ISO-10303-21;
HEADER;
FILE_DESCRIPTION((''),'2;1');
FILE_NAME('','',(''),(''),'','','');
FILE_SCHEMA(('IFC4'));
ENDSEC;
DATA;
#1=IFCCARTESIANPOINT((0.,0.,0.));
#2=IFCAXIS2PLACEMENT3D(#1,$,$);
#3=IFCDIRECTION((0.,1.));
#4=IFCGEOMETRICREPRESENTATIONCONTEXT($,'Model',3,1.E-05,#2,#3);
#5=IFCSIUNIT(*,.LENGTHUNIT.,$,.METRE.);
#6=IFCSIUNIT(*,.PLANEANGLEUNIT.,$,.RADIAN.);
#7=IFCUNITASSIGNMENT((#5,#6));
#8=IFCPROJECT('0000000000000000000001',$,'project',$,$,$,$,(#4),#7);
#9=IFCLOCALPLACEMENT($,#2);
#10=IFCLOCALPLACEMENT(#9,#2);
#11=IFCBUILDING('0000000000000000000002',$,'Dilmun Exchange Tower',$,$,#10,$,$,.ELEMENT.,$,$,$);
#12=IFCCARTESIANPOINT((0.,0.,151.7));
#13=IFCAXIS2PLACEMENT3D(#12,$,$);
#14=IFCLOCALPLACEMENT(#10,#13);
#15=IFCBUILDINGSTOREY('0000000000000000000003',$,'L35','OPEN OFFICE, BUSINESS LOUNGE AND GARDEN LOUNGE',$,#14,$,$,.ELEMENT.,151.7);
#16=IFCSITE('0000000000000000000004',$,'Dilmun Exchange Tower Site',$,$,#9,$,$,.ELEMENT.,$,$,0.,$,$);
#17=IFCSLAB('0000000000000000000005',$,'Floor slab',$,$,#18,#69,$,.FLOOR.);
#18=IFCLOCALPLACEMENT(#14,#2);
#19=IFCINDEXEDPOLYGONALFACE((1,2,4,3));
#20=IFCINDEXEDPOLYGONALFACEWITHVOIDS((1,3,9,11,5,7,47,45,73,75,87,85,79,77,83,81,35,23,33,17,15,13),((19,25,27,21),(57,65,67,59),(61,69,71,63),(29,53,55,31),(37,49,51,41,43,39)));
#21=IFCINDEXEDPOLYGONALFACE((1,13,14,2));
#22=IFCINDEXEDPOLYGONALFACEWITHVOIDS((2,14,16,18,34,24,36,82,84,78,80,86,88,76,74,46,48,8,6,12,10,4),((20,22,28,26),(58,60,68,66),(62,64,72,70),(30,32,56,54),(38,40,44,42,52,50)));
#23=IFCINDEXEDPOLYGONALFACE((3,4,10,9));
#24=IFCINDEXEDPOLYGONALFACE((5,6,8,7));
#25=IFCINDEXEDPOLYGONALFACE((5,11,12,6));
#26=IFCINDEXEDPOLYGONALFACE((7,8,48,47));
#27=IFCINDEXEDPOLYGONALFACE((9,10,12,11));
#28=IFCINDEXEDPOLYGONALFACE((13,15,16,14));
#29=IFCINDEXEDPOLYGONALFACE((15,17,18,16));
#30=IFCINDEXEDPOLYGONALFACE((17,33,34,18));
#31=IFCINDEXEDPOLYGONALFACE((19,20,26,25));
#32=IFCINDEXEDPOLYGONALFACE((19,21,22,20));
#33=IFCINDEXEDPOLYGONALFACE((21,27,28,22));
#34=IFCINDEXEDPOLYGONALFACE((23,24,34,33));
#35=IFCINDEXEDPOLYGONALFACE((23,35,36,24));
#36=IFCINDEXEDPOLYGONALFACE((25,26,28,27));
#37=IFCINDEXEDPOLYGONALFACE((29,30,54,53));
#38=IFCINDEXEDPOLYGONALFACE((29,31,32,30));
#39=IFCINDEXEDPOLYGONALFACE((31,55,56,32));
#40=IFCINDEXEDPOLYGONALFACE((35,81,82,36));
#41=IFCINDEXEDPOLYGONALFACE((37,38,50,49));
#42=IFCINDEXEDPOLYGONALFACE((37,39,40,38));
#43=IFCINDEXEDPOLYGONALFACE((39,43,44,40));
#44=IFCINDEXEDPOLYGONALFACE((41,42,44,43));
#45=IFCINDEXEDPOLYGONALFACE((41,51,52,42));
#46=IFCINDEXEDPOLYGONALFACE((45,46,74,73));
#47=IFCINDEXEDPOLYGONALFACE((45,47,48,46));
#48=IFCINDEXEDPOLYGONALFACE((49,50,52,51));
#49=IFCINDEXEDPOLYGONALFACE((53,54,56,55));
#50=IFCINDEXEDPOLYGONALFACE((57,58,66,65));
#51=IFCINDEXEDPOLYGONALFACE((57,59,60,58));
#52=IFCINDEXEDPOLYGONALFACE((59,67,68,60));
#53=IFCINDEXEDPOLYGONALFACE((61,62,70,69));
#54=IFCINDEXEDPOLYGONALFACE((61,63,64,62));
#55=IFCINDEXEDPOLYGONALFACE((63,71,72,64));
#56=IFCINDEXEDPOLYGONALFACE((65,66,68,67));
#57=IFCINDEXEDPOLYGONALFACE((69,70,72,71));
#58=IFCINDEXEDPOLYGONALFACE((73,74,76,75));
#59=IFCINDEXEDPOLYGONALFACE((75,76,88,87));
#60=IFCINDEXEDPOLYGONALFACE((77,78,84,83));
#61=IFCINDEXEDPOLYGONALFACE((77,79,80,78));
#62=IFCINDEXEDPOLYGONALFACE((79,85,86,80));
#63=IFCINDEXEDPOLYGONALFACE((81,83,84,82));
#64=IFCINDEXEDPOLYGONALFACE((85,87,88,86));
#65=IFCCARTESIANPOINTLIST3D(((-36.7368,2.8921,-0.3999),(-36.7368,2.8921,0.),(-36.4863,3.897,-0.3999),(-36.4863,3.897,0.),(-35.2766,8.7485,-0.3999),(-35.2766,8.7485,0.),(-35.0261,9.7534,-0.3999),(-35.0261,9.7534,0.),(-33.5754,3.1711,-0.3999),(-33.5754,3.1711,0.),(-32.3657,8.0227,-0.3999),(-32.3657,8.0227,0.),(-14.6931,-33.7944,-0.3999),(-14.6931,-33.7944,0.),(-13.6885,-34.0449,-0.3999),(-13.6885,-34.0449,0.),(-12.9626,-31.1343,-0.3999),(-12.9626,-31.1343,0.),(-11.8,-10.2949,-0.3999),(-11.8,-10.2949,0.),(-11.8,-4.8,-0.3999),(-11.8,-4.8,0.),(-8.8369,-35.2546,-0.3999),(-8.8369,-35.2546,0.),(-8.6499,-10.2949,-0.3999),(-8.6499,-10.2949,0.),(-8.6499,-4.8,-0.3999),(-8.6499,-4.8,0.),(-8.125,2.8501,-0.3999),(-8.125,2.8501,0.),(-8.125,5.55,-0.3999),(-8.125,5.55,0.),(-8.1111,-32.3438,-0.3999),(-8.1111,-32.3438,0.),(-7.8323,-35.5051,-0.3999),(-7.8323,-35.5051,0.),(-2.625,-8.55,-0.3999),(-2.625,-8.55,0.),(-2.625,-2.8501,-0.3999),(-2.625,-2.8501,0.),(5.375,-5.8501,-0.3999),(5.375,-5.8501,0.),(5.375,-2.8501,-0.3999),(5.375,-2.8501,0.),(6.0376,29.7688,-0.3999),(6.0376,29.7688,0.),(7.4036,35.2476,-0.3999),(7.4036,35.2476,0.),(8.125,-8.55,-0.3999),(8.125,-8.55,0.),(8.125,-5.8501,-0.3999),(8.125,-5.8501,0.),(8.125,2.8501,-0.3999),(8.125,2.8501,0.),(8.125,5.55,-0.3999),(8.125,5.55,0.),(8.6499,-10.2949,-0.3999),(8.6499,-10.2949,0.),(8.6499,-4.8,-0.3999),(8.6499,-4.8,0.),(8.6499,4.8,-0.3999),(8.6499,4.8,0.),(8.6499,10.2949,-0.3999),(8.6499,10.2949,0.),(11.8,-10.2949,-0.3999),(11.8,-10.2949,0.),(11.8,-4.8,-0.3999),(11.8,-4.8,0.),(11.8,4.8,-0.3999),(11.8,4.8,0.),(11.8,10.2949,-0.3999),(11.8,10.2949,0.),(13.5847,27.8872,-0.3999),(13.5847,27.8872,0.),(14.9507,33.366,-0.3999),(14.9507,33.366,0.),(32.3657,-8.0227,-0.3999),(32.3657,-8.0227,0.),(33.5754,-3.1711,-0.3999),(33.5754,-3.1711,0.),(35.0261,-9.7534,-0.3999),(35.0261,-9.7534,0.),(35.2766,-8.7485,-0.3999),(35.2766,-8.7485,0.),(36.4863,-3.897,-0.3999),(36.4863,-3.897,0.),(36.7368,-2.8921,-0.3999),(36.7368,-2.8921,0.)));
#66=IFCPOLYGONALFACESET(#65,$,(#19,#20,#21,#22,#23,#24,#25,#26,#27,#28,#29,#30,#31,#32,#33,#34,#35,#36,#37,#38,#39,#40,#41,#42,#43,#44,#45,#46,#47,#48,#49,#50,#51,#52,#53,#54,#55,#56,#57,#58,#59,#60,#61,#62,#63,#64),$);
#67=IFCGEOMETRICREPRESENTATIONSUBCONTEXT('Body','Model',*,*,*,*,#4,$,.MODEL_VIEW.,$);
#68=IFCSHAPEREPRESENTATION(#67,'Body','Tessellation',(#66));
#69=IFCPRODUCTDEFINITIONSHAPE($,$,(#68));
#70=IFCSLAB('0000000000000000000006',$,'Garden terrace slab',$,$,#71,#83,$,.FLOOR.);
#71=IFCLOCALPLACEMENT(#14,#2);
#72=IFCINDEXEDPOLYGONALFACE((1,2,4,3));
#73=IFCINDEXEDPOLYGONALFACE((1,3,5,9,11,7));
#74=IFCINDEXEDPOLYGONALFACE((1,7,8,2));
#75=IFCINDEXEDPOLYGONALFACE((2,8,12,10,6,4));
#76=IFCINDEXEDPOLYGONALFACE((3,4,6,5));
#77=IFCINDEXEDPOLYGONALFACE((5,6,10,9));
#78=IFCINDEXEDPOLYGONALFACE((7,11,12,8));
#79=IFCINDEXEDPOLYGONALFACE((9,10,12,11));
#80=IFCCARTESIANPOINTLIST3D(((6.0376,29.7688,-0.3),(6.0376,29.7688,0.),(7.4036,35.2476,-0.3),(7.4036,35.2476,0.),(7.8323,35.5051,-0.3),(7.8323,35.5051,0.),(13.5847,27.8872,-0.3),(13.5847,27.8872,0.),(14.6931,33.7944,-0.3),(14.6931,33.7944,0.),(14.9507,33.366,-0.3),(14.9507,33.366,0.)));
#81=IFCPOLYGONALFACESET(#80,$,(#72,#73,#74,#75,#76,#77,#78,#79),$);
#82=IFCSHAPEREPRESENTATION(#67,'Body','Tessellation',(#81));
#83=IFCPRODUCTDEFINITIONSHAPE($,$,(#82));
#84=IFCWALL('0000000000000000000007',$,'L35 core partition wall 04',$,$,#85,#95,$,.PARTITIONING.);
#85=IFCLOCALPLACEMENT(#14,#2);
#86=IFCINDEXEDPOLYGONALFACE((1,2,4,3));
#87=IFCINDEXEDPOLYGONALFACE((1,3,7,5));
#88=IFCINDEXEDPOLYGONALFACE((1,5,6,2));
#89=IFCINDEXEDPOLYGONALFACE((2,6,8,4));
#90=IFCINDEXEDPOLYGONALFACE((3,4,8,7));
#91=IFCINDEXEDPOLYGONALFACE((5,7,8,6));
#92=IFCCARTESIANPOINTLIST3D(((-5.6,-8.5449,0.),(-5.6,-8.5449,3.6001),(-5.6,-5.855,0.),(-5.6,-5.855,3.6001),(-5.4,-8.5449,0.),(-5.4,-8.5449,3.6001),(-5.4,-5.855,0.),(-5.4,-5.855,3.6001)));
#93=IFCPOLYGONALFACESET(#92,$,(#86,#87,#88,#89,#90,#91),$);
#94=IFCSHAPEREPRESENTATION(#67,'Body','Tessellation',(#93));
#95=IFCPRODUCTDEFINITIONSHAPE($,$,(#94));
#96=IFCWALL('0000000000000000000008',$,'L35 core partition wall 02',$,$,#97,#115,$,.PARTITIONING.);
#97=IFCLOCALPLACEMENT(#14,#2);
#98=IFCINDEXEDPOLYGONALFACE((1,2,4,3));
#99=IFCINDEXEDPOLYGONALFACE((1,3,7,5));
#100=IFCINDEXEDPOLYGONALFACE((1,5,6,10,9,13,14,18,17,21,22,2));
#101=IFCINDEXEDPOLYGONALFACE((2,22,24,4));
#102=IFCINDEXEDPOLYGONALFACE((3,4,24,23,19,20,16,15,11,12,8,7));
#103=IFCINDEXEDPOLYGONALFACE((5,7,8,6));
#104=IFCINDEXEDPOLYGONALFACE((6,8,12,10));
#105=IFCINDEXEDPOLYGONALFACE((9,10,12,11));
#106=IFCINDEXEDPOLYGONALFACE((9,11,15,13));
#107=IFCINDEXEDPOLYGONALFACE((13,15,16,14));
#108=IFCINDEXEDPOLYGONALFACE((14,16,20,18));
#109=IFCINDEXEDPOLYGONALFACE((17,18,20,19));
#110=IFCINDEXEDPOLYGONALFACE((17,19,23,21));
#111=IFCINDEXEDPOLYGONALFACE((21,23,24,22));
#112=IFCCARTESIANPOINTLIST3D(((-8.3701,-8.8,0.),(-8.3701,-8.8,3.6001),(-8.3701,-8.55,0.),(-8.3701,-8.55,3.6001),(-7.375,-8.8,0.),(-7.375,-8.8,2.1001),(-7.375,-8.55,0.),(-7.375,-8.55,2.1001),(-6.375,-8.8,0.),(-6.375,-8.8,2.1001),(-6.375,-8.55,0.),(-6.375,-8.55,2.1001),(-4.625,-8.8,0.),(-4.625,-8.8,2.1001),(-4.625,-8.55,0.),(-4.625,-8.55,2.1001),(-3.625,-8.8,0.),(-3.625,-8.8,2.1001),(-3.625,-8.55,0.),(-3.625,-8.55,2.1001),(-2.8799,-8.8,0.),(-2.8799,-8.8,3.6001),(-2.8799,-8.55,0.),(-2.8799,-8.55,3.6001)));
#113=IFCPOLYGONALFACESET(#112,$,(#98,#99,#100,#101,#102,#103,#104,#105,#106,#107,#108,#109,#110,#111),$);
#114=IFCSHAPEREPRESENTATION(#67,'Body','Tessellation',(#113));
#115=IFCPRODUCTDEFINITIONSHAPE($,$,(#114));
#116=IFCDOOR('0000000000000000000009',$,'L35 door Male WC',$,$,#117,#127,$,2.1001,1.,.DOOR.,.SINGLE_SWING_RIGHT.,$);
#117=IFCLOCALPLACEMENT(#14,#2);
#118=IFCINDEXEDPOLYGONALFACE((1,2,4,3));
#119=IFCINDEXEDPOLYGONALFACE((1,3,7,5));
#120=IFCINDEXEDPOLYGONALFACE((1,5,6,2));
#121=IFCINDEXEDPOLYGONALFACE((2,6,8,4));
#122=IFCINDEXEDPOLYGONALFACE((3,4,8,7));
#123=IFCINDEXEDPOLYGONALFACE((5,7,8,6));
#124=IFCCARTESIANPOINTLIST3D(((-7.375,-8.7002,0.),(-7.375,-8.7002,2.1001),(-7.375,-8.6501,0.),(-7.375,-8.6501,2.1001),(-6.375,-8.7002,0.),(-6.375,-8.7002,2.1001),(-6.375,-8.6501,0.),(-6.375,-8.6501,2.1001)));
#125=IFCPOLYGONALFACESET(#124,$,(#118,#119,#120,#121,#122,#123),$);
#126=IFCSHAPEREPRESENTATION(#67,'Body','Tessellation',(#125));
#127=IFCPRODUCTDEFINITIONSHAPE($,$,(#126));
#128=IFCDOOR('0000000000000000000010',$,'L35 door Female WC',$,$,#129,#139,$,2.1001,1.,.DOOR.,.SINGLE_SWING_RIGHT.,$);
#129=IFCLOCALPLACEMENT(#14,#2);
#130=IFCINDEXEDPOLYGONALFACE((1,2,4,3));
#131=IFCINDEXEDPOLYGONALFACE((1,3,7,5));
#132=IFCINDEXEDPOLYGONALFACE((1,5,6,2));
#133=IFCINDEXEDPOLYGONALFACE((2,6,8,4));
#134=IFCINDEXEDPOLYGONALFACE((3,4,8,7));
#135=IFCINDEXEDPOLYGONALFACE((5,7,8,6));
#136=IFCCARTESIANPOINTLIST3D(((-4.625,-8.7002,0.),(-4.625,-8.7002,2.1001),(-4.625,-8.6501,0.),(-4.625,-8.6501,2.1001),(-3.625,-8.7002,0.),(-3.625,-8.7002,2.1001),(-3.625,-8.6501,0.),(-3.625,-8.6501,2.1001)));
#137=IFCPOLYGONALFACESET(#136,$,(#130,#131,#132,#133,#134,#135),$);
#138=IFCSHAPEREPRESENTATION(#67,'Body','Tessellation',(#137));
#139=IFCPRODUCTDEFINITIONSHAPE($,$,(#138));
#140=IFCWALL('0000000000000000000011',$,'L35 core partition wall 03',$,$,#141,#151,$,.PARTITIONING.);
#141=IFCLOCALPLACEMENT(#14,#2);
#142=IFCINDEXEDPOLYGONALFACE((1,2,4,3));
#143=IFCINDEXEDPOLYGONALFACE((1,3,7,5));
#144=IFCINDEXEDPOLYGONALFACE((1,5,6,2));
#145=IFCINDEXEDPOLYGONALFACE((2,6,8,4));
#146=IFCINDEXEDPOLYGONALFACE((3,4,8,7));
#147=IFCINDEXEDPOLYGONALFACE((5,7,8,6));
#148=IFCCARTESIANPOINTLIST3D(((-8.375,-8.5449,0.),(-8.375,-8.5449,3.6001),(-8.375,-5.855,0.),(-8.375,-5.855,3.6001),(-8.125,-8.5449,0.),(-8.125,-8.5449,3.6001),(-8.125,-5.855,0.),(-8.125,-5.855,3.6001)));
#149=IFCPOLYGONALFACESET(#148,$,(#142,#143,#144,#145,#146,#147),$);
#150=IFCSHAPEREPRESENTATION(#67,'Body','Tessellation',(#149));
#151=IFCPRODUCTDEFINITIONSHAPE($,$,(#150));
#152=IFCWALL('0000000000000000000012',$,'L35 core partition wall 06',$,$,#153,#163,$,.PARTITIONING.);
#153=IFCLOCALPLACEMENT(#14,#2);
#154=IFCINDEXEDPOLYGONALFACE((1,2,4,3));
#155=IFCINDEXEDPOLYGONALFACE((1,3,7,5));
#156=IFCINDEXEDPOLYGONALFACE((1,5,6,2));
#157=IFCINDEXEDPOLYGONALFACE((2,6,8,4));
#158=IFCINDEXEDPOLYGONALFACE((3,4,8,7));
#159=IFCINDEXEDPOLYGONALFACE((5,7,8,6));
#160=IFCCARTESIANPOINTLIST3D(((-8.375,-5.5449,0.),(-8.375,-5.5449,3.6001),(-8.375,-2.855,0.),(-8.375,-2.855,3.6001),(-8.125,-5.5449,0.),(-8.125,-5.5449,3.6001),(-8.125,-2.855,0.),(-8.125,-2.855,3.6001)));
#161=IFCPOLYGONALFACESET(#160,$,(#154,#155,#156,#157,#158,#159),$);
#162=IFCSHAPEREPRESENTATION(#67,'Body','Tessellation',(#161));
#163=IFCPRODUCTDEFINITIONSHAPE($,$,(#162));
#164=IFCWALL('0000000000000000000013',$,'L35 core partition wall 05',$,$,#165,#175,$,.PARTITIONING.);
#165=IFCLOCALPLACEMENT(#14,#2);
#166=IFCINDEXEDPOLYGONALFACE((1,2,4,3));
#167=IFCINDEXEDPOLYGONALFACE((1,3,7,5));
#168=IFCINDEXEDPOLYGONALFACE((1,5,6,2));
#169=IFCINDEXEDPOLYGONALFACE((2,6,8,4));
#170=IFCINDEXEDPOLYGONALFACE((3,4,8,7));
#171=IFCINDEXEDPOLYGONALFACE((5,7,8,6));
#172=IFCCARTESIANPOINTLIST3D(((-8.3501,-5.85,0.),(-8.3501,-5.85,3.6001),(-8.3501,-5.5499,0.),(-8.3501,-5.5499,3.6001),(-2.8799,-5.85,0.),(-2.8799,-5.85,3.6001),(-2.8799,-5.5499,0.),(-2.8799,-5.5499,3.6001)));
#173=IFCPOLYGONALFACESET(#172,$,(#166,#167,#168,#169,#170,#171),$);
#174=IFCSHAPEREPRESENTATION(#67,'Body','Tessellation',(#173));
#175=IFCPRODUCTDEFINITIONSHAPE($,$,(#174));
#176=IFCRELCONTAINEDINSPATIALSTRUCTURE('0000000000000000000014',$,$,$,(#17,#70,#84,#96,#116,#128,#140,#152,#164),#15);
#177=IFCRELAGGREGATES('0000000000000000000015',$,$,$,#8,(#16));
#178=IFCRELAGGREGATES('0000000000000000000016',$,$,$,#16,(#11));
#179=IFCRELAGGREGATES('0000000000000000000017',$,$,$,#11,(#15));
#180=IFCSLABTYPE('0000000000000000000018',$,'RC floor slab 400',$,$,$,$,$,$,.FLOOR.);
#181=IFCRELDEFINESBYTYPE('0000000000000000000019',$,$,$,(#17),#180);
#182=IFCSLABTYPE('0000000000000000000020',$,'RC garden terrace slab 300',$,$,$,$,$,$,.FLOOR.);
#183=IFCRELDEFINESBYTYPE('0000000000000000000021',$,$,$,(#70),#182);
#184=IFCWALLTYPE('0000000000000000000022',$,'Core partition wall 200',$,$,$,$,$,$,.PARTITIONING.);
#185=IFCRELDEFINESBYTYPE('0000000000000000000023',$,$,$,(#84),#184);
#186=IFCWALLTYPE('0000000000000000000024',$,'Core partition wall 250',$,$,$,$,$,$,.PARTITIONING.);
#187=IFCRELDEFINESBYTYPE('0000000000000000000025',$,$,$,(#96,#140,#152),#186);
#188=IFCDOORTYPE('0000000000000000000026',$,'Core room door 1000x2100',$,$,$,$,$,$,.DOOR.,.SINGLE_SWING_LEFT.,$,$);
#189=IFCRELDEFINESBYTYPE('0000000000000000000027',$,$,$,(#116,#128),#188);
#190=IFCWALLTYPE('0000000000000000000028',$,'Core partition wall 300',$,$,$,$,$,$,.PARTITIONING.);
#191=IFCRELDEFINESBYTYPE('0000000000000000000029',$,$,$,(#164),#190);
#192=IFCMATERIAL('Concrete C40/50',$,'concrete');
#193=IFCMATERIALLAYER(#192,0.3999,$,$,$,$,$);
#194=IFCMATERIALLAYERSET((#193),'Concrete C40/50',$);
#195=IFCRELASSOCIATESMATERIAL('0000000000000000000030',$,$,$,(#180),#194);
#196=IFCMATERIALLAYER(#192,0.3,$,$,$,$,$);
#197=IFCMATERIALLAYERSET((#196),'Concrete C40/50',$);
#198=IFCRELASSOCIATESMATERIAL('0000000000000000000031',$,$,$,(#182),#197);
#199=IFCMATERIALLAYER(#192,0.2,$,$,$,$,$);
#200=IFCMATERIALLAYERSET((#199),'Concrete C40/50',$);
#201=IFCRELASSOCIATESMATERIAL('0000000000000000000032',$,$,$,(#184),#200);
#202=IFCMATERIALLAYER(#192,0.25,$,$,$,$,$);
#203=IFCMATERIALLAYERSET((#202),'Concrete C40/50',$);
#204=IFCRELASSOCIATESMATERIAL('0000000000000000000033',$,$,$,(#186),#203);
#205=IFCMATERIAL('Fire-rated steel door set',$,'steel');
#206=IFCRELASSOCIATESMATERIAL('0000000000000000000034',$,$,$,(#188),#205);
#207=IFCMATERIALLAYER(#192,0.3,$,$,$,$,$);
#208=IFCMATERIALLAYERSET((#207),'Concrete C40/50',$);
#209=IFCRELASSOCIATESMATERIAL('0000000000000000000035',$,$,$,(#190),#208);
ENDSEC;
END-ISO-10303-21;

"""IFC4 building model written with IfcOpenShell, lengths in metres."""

from ifc_helpers import new_model, si_unit, direction, frame, frame_2d, origin, place, context, subcontext, project, spatial, polyline, rectangle, outline, extrude, material, layer, layer_set, type_object, element, fill, save


model = new_model("IFC4")

# Units and contexts
model_context = context("Model", 3, precision=1e-05, world=origin(), true_north=direction((0.0, 1.0)))
body_context = subcontext(model_context, "Body", "Model", "MODEL_VIEW")
ifc_project = project(units=[si_unit("LENGTHUNIT", "METRE"), si_unit("PLANEANGLEUNIT", "RADIAN")], contexts=[model_context])

# Site, building, storey
site_placement = place(None, origin())
site = spatial("IfcSite", under=ifc_project, at=site_placement, Name="Dilmun Exchange Tower Site", CompositionType="ELEMENT", RefElevation=0.0)
building_placement = place(site_placement, origin())
building = spatial("IfcBuilding", under=site, at=building_placement, Name="Dilmun Exchange Tower", CompositionType="ELEMENT")
storey_placement = place(building_placement, frame((0.0, 0.0, 151.7)))
storey = spatial("IfcBuildingStorey", under=building, at=storey_placement, Name="L35", Description="OPEN OFFICE, BUSINESS LOUNGE AND GARDEN LOUNGE", CompositionType="ELEMENT", Elevation=151.7)

# Slabs
ifc_material_1 = material(Name="Concrete C40/50", Category="concrete")
ifc_layer_1 = layer(ifc_material_1, 0.3999)
ifc_layer_set_1 = layer_set([ifc_layer_1], Name="Concrete C40/50")
slab_type_1 = type_object("IfcSlabType", Name="RC floor slab 400", PredefinedType="FLOOR", material=ifc_layer_set_1)
slab_1_placement = place(storey_placement, frame((0.0, 0.0, -0.3999)))
element("IfcSlab", 1, at=slab_1_placement, inside=storey, type_object=slab_type_1, Name="Floor slab", PredefinedType="FLOOR", context=body_context, shape_type="SweptSolid", body=[
    extrude(outline(polyline([(36.4863, -3.897), (33.5754, -3.1711), (32.3657, -8.0227), (35.2766, -8.7485), (35.0261, -9.7534), (-7.8323, -35.5051), (-8.8369, -35.2546), (-8.1111, -32.3438), (-12.9626, -31.1343), (-13.6885, -34.0449), (-14.6931, -33.7944), (-36.7368, 2.8921), (-36.4863, 3.897), (-33.5754, 3.1711), (-32.3657, 8.0227), (-35.2766, 8.7485), (-35.0261, 9.7534), (7.4036, 35.2476), (6.0376, 29.7688), (13.5847, 27.8872), (14.9507, 33.366), (36.7368, -2.8921), (36.4863, -3.897)]), holes=[polyline([(-8.6499, -4.8), (-11.8, -4.8), (-11.8, -10.2949), (-8.6499, -10.2949), (-8.6499, -4.8)]), polyline([(11.8, -4.8), (8.6499, -4.8), (8.6499, -10.2949), (11.8, -10.2949), (11.8, -4.8)]), polyline([(5.375, -2.8501), (-2.625, -2.8501), (-2.625, -8.55), (8.125, -8.55), (8.125, -5.8501), (5.375, -5.8501), (5.375, -2.8501)]), polyline([(8.125, 2.8501), (8.125, 5.55), (-8.125, 5.55), (-8.125, 2.8501), (8.125, 2.8501)]), polyline([(8.6499, 10.2949), (8.6499, 4.8), (11.8, 4.8), (11.8, 10.2949), (8.6499, 10.2949)])]), origin(), (0.0, 0.0, 1.0), 0.3999),
])
ifc_layer_2 = layer(ifc_material_1, 0.3)
ifc_layer_set_2 = layer_set([ifc_layer_2], Name="Concrete C40/50")
slab_type_2 = type_object("IfcSlabType", Name="RC garden terrace slab 300", PredefinedType="FLOOR", material=ifc_layer_set_2)
slab_2_placement = place(storey_placement, frame((0.0, 0.0, -0.3)))
element("IfcSlab", 2, at=slab_2_placement, inside=storey, type_object=slab_type_2, Name="Garden terrace slab", PredefinedType="FLOOR", context=body_context, shape_type="SweptSolid", body=[
    extrude(outline(polyline([(6.0376, 29.7688), (7.4036, 35.2476), (7.8323, 35.5051), (14.6931, 33.7944), (14.9507, 33.366), (13.5847, 27.8872), (6.0376, 29.7688)])), origin(), (0.0, 0.0, 1.0), 0.3),
])

# Wall
ifc_layer_3 = layer(ifc_material_1, 0.2)
ifc_layer_set_3 = layer_set([ifc_layer_3], Name="Concrete C40/50")
wall_type_1 = type_object("IfcWallType", Name="Core partition wall 200", PredefinedType="PARTITIONING", material=ifc_layer_set_3)
wall_1_placement = place(storey_placement, frame((-5.5, -8.5449, 0.0), z_axis=(0.0, 0.0, 1.0), x_axis=(0.0, 1.0, 0.0)))
element("IfcWall", 3, at=wall_1_placement, inside=storey, type_object=wall_type_1, Name="L35 core partition wall 04", PredefinedType="PARTITIONING", context=body_context, shape_type="SweptSolid", body=[
    extrude(rectangle(XDim=2.6899, YDim=0.2, at=frame_2d((1.345, 0.0))), origin(), (0.0, 0.0, 1.0), 3.6001),
])

# Wall, openings, doors
ifc_layer_4 = layer(ifc_material_1, 0.25)
ifc_layer_set_4 = layer_set([ifc_layer_4], Name="Concrete C40/50")
wall_type_2 = type_object("IfcWallType", Name="Core partition wall 250", PredefinedType="PARTITIONING", material=ifc_layer_set_4)
wall_2_placement = place(storey_placement, frame((-8.3701, -8.675, 0.0), z_axis=(0.0, 0.0, 1.0), x_axis=(1.0, 0.0, 0.0)))
wall_2 = element("IfcWall", 4, at=wall_2_placement, inside=storey, type_object=wall_type_2, Name="L35 core partition wall 02", PredefinedType="PARTITIONING", context=body_context, shape_type="SweptSolid", body=[
    extrude(rectangle(XDim=5.4902, YDim=0.25, at=frame_2d((2.7451, 0.0))), origin(), (0.0, 0.0, 1.0), 3.6001),
])
opening_1_placement = place(wall_2_placement, frame((0.9951, 0.0, 0.0)))
opening_1 = element("IfcOpeningElement", 5, at=opening_1_placement, cuts=wall_2, PredefinedType="OPENING", context=body_context, shape_type="SweptSolid", body=[
    extrude(rectangle(XDim=1.0, YDim=2.1001, at=frame_2d((0.5, 1.05))), frame((0.0, 0.135, 0.0), z_axis=(0.0, -1.0, 0.0), x_axis=(1.0, 0.0, 0.0)), (0.0, 0.0, 1.0), 0.27),
])
opening_2_placement = place(wall_2_placement, frame((3.7451, 0.0, 0.0)))
opening_2 = element("IfcOpeningElement", 6, at=opening_2_placement, cuts=wall_2, PredefinedType="OPENING", context=body_context, shape_type="SweptSolid", body=[
    extrude(rectangle(XDim=1.0, YDim=2.1001, at=frame_2d((0.5, 1.05))), frame((0.0, 0.135, 0.0), z_axis=(0.0, -1.0, 0.0), x_axis=(1.0, 0.0, 0.0)), (0.0, 0.0, 1.0), 0.27),
])
ifc_material_2 = material(Name="Fire-rated steel door set", Category="steel")
door_type_1 = type_object("IfcDoorType", Name="Core room door 1000x2100", OperationType="SINGLE_SWING_LEFT", PredefinedType="DOOR", material=ifc_material_2)
door_1_placement = place(opening_1_placement, origin())
door_1 = element("IfcDoor", 7, at=door_1_placement, inside=storey, type_object=door_type_1, Name="L35 door Male WC", OperationType="SINGLE_SWING_RIGHT", OverallHeight=2.1001, OverallWidth=1.0, PredefinedType="DOOR", context=body_context, shape_type="SweptSolid", body=[
    extrude(rectangle(XDim=1.0, YDim=2.1001, at=frame_2d((0.5, 1.05))), frame((0.0, 0.0249, 0.0), z_axis=(0.0, -1.0, 0.0), x_axis=(1.0, 0.0, 0.0)), (0.0, 0.0, 1.0), 0.05),
])
fill(opening_1, door_1)
door_2_placement = place(opening_2_placement, origin())
door_2 = element("IfcDoor", 8, at=door_2_placement, inside=storey, type_object=door_type_1, Name="L35 door Female WC", OperationType="SINGLE_SWING_RIGHT", OverallHeight=2.1001, OverallWidth=1.0, PredefinedType="DOOR", context=body_context, shape_type="SweptSolid", body=[
    extrude(rectangle(XDim=1.0, YDim=2.1001, at=frame_2d((0.5, 1.05))), frame((0.0, 0.0249, 0.0), z_axis=(0.0, -1.0, 0.0), x_axis=(1.0, 0.0, 0.0)), (0.0, 0.0, 1.0), 0.05),
])
fill(opening_2, door_2)

# Walls
for number, where, z_axis, x_axis, name in (
    (9, (-8.25, -8.5449, 0.0), (0.0, 0.0, 1.0), (0.0, 1.0, 0.0), "L35 core partition wall 03"),
    (10, (-8.25, -5.5449, 0.0), (0.0, 0.0, 1.0), (0.0, 1.0, 0.0), "L35 core partition wall 06"),
):
    element("IfcWall", number, at=place(storey_placement, frame(where, z_axis=z_axis, x_axis=x_axis)), inside=storey, type_object=wall_type_2, Name=name, PredefinedType="PARTITIONING", context=body_context, shape_type="SweptSolid", body=[
        extrude(rectangle(XDim=2.6899, YDim=0.25, at=frame_2d((1.345, 0.0))), origin(), (0.0, 0.0, 1.0), 3.6001),
    ])
ifc_layer_5 = layer(ifc_material_1, 0.3)
ifc_layer_set_5 = layer_set([ifc_layer_5], Name="Concrete C40/50")
wall_type_3 = type_object("IfcWallType", Name="Core partition wall 300", PredefinedType="PARTITIONING", material=ifc_layer_set_5)
wall_3_placement = place(storey_placement, frame((-8.3501, -5.7, 0.0), z_axis=(0.0, 0.0, 1.0), x_axis=(1.0, 0.0, 0.0)))
element("IfcWall", 11, at=wall_3_placement, inside=storey, type_object=wall_type_3, Name="L35 core partition wall 05", PredefinedType="PARTITIONING", context=body_context, shape_type="SweptSolid", body=[
    extrude(rectangle(XDim=5.4702, YDim=0.3, at=frame_2d((2.7351, 0.0))), origin(), (0.0, 0.0, 1.0), 3.6001),
])

save(model, "model.ifc")
